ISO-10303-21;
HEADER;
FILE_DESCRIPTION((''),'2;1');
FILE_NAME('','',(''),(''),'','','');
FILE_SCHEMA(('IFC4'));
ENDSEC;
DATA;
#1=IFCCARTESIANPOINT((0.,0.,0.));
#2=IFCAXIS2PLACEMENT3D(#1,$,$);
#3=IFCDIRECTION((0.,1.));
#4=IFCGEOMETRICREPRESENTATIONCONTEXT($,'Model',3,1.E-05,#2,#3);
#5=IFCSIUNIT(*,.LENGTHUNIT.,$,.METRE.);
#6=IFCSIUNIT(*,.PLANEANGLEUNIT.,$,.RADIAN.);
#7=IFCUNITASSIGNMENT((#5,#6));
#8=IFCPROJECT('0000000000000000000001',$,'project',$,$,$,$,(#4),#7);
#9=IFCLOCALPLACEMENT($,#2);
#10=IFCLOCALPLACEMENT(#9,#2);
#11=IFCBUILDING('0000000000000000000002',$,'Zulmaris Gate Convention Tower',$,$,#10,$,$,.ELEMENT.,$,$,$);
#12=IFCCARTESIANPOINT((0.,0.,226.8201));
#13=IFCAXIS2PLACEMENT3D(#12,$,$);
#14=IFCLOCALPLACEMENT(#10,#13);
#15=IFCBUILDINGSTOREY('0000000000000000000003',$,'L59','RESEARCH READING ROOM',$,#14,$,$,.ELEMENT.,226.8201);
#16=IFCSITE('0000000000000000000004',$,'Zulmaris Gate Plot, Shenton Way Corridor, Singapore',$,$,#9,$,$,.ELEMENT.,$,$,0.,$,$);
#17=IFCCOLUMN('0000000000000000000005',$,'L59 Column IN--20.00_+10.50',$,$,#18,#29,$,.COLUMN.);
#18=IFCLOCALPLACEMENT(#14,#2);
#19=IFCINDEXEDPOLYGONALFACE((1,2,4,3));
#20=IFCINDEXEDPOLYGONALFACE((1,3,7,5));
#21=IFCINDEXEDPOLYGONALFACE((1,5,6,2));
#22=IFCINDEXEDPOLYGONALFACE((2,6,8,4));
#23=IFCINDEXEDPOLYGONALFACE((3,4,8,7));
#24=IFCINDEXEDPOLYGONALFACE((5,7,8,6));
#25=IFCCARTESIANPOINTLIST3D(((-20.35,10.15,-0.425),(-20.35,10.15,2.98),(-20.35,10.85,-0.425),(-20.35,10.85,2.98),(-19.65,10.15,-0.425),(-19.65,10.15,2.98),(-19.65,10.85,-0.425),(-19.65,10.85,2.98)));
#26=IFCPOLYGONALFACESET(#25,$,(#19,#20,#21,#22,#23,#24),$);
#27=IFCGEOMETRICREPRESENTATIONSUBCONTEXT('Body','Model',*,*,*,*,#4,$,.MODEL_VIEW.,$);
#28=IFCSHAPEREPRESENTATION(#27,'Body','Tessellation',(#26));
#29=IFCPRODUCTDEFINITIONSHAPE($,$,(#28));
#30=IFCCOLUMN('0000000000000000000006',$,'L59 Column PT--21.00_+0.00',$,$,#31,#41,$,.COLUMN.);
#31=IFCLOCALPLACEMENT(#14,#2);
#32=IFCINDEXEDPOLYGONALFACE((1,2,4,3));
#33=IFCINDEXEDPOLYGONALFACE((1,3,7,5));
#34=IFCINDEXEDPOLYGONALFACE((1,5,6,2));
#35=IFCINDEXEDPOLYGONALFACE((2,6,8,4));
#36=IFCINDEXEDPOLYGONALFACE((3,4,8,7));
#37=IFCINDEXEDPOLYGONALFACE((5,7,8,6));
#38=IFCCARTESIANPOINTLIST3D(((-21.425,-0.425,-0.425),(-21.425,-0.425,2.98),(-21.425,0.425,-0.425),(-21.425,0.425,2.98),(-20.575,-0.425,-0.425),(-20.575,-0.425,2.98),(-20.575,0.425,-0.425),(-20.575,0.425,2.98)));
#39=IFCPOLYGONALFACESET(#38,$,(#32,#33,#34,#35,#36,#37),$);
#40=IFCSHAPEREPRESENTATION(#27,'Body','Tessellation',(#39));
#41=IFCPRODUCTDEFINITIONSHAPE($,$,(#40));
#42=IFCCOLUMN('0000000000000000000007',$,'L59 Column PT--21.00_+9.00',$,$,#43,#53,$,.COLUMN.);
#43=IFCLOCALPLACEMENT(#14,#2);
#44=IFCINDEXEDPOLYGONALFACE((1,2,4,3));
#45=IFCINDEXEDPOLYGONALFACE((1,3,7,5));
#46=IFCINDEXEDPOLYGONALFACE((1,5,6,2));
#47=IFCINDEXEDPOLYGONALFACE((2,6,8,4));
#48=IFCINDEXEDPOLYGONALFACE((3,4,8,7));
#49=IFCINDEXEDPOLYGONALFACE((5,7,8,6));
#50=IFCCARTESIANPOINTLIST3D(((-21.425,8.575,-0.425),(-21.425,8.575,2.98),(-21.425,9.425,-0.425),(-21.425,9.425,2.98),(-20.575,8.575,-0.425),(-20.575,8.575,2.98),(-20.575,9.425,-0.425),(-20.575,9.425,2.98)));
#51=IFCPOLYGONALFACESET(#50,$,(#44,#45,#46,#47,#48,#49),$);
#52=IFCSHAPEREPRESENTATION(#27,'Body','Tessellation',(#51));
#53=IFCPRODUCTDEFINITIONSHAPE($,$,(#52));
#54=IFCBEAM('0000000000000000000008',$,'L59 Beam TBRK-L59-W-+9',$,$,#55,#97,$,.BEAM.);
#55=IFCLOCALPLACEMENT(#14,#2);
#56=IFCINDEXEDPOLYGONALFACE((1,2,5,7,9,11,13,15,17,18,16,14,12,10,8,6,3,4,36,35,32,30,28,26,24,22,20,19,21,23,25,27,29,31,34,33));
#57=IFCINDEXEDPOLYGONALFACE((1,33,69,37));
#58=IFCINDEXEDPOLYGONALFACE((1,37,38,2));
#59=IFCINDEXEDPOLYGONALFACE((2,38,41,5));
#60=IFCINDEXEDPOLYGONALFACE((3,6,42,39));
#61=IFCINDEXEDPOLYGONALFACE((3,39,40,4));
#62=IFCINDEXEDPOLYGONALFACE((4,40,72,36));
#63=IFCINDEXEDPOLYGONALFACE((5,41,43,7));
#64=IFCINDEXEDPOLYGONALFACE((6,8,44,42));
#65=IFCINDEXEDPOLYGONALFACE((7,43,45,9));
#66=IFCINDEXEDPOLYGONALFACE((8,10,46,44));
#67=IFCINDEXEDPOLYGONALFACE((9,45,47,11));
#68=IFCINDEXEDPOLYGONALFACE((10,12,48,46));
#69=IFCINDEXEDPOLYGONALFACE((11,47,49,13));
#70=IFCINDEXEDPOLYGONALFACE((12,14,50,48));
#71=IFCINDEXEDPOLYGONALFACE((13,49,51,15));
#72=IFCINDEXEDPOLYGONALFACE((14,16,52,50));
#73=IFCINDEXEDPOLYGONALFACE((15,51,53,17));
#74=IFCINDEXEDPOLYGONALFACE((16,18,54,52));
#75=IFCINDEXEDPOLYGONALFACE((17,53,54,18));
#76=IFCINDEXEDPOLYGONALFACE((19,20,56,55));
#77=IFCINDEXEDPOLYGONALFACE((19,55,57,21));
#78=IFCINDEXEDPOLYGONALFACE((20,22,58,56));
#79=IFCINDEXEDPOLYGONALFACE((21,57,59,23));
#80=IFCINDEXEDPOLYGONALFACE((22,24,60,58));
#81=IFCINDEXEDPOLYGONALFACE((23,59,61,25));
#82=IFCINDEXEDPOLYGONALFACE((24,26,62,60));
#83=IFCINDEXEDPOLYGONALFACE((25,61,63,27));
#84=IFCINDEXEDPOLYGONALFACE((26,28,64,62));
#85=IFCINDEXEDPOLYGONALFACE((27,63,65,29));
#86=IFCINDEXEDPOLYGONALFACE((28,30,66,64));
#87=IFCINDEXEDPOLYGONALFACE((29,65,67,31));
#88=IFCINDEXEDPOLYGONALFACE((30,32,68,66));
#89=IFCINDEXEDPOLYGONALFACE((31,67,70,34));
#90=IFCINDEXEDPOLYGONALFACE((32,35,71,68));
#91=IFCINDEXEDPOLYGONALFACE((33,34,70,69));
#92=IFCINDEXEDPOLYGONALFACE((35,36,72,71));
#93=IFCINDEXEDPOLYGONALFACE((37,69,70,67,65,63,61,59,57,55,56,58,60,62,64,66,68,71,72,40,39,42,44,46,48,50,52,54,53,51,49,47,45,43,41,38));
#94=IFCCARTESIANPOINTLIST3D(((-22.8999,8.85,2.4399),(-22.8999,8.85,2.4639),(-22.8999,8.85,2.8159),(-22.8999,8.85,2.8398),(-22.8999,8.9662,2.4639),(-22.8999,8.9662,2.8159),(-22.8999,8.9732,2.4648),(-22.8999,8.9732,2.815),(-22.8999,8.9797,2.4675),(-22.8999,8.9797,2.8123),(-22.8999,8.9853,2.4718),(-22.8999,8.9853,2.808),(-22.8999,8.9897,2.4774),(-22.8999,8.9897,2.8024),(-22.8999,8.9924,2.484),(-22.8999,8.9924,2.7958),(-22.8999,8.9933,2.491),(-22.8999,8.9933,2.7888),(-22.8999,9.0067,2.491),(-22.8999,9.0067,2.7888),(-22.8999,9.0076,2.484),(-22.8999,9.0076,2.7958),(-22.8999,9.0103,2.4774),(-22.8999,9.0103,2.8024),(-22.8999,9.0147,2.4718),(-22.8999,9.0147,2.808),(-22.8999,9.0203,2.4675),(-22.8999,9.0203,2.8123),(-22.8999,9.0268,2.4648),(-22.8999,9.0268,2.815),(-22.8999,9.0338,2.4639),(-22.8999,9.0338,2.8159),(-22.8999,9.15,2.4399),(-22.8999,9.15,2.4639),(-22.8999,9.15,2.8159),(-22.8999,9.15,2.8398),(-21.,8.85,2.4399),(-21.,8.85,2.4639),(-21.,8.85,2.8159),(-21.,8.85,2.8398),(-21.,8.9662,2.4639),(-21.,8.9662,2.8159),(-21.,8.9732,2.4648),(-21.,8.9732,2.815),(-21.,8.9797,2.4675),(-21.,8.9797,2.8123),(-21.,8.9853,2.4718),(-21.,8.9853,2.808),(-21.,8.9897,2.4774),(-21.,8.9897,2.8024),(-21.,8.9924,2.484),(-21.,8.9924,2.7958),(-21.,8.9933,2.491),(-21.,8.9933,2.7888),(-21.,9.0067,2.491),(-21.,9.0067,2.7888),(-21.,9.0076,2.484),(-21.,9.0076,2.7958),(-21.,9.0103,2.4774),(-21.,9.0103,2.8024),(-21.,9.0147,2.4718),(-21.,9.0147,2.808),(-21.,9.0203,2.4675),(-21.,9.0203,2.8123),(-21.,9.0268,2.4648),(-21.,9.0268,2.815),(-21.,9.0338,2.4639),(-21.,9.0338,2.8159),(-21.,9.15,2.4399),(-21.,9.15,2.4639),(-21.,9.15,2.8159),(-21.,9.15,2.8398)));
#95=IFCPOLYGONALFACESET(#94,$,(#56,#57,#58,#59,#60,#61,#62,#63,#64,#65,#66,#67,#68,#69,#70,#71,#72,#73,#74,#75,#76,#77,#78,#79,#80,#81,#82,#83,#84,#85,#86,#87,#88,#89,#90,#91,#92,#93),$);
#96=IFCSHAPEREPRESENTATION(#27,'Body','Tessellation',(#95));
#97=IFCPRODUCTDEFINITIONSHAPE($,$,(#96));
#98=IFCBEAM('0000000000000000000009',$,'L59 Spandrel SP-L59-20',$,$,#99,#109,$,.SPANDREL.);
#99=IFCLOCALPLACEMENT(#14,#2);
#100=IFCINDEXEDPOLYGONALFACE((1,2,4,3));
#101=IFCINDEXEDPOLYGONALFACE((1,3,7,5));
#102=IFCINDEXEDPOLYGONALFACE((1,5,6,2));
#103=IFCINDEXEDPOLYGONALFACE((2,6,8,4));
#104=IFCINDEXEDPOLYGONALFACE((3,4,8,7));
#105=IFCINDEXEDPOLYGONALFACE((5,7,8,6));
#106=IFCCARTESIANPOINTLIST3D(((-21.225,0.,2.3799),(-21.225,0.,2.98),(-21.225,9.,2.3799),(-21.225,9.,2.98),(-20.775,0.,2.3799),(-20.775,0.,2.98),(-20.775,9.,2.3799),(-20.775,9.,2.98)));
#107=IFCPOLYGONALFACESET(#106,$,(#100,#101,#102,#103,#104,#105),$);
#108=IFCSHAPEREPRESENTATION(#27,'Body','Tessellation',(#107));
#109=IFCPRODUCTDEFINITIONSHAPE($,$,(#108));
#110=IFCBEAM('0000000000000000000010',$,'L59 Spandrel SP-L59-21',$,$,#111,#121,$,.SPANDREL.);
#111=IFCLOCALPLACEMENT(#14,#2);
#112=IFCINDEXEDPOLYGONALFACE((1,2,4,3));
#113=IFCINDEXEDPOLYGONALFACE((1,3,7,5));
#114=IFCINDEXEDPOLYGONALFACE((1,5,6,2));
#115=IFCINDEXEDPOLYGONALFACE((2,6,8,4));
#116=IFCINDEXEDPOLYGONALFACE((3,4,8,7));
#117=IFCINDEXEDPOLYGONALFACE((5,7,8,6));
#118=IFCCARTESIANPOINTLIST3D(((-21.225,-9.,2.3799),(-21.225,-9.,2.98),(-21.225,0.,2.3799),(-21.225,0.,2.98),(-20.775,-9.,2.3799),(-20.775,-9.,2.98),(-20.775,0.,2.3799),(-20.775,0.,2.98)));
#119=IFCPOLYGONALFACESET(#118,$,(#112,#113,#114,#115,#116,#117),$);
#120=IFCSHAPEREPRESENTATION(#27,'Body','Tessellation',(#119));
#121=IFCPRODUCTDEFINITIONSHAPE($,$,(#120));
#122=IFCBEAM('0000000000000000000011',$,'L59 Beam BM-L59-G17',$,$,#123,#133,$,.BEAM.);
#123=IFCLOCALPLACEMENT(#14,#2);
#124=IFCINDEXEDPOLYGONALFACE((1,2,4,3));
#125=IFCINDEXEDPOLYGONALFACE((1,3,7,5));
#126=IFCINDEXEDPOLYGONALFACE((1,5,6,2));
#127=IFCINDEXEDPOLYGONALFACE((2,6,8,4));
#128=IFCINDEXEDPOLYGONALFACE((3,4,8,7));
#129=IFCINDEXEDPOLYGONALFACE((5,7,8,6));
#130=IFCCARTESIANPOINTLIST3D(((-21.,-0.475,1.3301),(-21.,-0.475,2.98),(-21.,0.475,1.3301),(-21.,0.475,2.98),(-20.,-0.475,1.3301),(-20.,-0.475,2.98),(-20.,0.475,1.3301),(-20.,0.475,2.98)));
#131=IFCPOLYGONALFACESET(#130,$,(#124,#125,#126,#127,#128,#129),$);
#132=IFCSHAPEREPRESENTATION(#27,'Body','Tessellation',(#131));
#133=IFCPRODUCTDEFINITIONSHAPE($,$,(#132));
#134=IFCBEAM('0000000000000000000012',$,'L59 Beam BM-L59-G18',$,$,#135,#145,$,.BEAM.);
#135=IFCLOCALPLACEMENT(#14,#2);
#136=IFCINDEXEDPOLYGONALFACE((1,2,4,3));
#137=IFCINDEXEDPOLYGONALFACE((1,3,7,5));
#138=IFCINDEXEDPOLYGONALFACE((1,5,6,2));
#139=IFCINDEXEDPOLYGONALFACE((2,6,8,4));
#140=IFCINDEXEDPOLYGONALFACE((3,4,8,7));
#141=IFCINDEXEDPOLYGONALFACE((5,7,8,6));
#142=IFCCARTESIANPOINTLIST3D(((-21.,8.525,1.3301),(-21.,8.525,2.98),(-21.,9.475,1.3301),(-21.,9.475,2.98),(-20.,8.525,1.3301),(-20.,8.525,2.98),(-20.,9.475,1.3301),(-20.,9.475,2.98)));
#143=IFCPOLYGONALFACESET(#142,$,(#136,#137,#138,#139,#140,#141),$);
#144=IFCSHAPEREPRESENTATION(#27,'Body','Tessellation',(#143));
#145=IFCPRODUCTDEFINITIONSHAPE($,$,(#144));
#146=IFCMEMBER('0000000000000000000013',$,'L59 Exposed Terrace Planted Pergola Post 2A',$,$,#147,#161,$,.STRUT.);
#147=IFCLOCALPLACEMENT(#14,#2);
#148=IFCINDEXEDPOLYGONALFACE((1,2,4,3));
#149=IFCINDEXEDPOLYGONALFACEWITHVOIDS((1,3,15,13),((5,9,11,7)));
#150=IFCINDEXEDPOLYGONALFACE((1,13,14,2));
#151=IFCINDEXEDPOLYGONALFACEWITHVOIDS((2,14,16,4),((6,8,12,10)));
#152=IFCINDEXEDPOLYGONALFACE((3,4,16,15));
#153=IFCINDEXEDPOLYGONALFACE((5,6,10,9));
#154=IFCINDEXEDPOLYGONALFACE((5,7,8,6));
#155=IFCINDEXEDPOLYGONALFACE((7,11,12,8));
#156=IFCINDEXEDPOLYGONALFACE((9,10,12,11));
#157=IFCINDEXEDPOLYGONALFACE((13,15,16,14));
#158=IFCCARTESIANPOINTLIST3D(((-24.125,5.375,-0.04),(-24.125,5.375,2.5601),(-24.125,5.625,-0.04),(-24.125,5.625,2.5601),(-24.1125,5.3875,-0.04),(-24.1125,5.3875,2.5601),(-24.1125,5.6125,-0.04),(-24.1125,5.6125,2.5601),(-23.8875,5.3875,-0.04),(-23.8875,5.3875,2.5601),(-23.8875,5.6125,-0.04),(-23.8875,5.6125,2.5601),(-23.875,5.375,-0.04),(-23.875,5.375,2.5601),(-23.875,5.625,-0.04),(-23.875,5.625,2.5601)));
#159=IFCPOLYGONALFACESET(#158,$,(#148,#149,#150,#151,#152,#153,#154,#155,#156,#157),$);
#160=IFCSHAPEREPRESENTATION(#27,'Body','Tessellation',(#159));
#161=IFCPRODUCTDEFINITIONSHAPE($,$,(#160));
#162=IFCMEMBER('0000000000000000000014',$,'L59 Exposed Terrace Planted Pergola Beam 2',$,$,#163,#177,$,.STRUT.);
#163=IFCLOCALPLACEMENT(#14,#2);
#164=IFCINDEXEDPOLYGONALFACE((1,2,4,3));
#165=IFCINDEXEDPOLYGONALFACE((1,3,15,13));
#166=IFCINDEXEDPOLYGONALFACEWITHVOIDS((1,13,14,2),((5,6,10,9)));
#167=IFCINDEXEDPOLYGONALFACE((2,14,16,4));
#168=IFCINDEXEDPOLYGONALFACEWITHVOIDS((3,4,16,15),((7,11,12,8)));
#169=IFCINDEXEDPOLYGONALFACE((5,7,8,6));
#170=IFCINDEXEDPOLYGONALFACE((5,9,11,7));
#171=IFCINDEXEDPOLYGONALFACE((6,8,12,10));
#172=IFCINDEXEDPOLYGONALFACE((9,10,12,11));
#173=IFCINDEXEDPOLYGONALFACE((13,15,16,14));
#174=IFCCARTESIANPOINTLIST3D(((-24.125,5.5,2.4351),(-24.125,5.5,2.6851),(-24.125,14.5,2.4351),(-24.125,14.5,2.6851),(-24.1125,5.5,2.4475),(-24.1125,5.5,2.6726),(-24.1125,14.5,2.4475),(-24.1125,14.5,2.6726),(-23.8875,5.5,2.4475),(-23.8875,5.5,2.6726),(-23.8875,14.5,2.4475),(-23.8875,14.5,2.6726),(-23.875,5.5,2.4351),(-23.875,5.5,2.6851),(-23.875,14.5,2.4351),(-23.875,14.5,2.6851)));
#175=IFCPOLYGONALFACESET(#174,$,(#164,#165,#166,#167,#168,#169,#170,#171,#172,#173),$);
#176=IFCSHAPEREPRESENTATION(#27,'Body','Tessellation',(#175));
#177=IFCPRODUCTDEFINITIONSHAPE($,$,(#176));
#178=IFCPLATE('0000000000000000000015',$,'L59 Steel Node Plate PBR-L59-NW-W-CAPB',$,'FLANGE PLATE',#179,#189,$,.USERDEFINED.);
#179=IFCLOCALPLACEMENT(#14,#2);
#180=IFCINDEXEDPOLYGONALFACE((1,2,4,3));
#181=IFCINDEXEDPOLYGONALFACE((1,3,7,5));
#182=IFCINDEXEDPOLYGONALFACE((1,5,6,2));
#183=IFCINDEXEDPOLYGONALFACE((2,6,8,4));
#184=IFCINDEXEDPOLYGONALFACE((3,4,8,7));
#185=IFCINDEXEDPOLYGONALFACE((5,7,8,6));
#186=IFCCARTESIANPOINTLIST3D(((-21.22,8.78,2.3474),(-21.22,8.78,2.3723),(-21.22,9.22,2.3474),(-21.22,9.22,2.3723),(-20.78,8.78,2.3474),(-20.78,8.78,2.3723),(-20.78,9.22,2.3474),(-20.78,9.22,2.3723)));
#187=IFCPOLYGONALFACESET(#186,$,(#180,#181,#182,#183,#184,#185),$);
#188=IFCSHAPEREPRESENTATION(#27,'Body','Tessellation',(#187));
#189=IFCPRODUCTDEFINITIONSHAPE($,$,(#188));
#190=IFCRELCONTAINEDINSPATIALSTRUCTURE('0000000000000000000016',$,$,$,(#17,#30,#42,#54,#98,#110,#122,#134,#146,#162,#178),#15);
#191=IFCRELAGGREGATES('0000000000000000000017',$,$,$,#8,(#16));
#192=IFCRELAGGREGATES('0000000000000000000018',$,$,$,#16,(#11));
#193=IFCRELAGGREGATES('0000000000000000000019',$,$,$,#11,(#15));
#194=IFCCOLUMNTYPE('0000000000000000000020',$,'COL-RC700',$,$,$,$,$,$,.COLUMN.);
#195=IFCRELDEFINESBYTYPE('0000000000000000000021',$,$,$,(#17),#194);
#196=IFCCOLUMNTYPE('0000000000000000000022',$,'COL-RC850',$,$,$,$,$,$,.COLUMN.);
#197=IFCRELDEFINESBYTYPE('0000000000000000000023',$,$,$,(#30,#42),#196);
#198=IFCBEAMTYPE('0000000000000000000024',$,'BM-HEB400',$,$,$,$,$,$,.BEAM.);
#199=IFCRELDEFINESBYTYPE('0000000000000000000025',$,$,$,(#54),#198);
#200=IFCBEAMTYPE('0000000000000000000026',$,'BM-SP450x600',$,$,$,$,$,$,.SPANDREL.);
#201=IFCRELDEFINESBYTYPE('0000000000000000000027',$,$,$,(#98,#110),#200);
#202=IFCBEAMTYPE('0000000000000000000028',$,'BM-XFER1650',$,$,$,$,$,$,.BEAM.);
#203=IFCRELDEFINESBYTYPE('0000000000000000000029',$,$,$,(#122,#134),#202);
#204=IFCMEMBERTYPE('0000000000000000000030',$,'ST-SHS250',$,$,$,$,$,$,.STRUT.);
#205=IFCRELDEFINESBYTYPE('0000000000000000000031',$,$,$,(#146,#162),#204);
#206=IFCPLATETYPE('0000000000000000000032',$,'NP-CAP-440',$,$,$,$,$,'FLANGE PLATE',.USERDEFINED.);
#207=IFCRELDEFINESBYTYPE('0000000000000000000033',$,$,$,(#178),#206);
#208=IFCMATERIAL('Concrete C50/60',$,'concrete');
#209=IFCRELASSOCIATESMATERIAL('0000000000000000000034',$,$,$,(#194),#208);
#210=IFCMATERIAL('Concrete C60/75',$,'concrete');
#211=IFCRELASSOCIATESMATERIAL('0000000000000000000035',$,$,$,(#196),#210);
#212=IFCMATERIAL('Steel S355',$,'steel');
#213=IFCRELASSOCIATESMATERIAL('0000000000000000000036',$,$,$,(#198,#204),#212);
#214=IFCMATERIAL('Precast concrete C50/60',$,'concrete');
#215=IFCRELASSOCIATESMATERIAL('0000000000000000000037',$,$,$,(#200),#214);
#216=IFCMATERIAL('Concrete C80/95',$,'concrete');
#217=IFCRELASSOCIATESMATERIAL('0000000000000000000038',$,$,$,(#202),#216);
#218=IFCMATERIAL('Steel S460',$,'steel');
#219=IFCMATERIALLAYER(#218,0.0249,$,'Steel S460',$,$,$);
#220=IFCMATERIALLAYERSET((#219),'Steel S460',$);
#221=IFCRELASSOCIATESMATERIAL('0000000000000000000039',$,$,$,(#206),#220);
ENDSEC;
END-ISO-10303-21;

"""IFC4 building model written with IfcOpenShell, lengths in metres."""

from ifc_helpers import new_model, si_unit, direction, frame, origin, origin_2d, place, context, subcontext, project, spatial, rectangle, hollow_rectangle, i_section, extrude, material, layer, layer_set, material_profile, profile_set, type_object, element, save


model = new_model("IFC4")

# Units and contexts
model_context = context("Model", 3, precision=1e-05, world=origin(), true_north=direction((0.0, 1.0)))
body_context = subcontext(model_context, "Body", "Model", "MODEL_VIEW")
ifc_project = project(units=[si_unit("LENGTHUNIT", "METRE"), si_unit("PLANEANGLEUNIT", "RADIAN")], contexts=[model_context])

# Site, building, storey
site_placement = place(None, origin())
site = spatial("IfcSite", under=ifc_project, at=site_placement, Name="Zulmaris Gate Plot, Shenton Way Corridor, Singapore", CompositionType="ELEMENT", RefElevation=0.0)
building_placement = place(site_placement, origin())
building = spatial("IfcBuilding", under=site, at=building_placement, Name="Zulmaris Gate Convention Tower", CompositionType="ELEMENT")
storey_placement = place(building_placement, frame((0.0, 0.0, 226.8201)))
storey = spatial("IfcBuildingStorey", under=building, at=storey_placement, Name="L59", Description="RESEARCH READING ROOM", CompositionType="ELEMENT", Elevation=226.8201)

# Columns
ifc_material_1 = material(Name="Concrete C50/60", Category="concrete")
ifc_material_profile_1 = material_profile(ifc_material_1, rectangle(XDim=0.7, YDim=0.7, at=origin_2d()), Name="RC COL 700x700")
ifc_profile_set_1 = profile_set([ifc_material_profile_1], Name="Concrete C50/60")
column_type_1 = type_object("IfcColumnType", Name="COL-RC700", PredefinedType="COLUMN", material=ifc_profile_set_1)
column_placement = place(storey_placement, frame((-20.0, 10.5, -0.425), z_axis=(0.0, 0.0, 1.0), x_axis=(1.0, 0.0, 0.0)))
element("IfcColumn", 1, at=column_placement, inside=storey, type_object=column_type_1, Name="L59 Column IN--20.00_+10.50", PredefinedType="COLUMN", context=body_context, shape_type="SweptSolid", body=[
    extrude(rectangle(XDim=0.7, YDim=0.7, at=origin_2d()), origin(), (0.0, 0.0, 1.0), 3.405),
])
ifc_material_2 = material(Name="Concrete C60/75", Category="concrete")
ifc_material_profile_2 = material_profile(ifc_material_2, rectangle(XDim=0.8501, YDim=0.8501, at=origin_2d()), Name="RC COL 850x850")
ifc_profile_set_2 = profile_set([ifc_material_profile_2], Name="Concrete C60/75")
column_type_2 = type_object("IfcColumnType", Name="COL-RC850", PredefinedType="COLUMN", material=ifc_profile_set_2)
for number, where, z_axis, x_axis, name in (
    (2, (-21.0, 0.0, -0.425), (0.0, 0.0, 1.0), (1.0, 0.0, 0.0), "L59 Column PT--21.00_+0.00"),
    (3, (-21.0, 9.0, -0.425), (0.0, 0.0, 1.0), (1.0, 0.0, 0.0), "L59 Column PT--21.00_+9.00"),
):
    element("IfcColumn", number, at=place(storey_placement, frame(where, z_axis=z_axis, x_axis=x_axis)), inside=storey, type_object=column_type_2, Name=name, PredefinedType="COLUMN", context=body_context, shape_type="SweptSolid", body=[
        extrude(rectangle(XDim=0.8501, YDim=0.8501, at=origin_2d()), origin(), (0.0, 0.0, 1.0), 3.405),
    ])

# Beams
ifc_material_3 = material(Name="Steel S355", Category="steel")
ifc_material_profile_3 = material_profile(ifc_material_3, i_section(OverallWidth=0.3, OverallDepth=0.3999, WebThickness=0.0134, FlangeThickness=0.0239, FilletRadius=0.0271, at=origin_2d()), Name="HEB 400")
ifc_profile_set_3 = profile_set([ifc_material_profile_3], Name="Steel S355")
beam_type_1 = type_object("IfcBeamType", Name="BM-HEB400", PredefinedType="BEAM", material=ifc_profile_set_3)
beam_placement = place(storey_placement, frame((-22.8999, 9.0, 2.6399), z_axis=(1.0, 0.0, 0.0), x_axis=(0.0, 1.0, 0.0)))
element("IfcBeam", 4, at=beam_placement, inside=storey, type_object=beam_type_1, Name="L59 Beam TBRK-L59-W-+9", PredefinedType="BEAM", context=body_context, shape_type="SweptSolid", body=[
    extrude(i_section(OverallWidth=0.3, OverallDepth=0.3999, WebThickness=0.0134, FlangeThickness=0.0239, FilletRadius=0.0271, at=origin_2d()), origin(), (0.0, 0.0, 1.0), 1.8999),
])
ifc_material_4 = material(Name="Precast concrete C50/60", Category="concrete")
ifc_material_profile_4 = material_profile(ifc_material_4, rectangle(XDim=0.45, YDim=0.6001, at=origin_2d()), Name="RC SPANDREL 450x600")
ifc_profile_set_4 = profile_set([ifc_material_profile_4], Name="Precast concrete C50/60")
beam_type_2 = type_object("IfcBeamType", Name="BM-SP450x600", PredefinedType="SPANDREL", material=ifc_profile_set_4)
for number, where, z_axis, x_axis, name in (
    (5, (-21.0, 9.0, 2.6799), (0.0, -1.0, 0.0), (1.0, 0.0, 0.0), "L59 Spandrel SP-L59-20"),
    (6, (-21.0, 0.0, 2.6799), (0.0, -1.0, 0.0), (1.0, 0.0, 0.0), "L59 Spandrel SP-L59-21"),
):
    element("IfcBeam", number, at=place(storey_placement, frame(where, z_axis=z_axis, x_axis=x_axis)), inside=storey, type_object=beam_type_2, Name=name, PredefinedType="SPANDREL", context=body_context, shape_type="SweptSolid", body=[
        extrude(rectangle(XDim=0.45, YDim=0.6001, at=origin_2d()), origin(), (0.0, 0.0, 1.0), 9.0),
    ])
ifc_material_5 = material(Name="Concrete C80/95", Category="concrete")
ifc_material_profile_5 = material_profile(ifc_material_5, rectangle(XDim=0.95, YDim=1.6499, at=origin_2d()), Name="RC TRANSFER 950x1650")
ifc_profile_set_5 = profile_set([ifc_material_profile_5], Name="Concrete C80/95")
beam_type_3 = type_object("IfcBeamType", Name="BM-XFER1650", PredefinedType="BEAM", material=ifc_profile_set_5)
for number, where, z_axis, x_axis, name in (
    (7, (-21.0, 0.0, 2.155), (1.0, 0.0, 0.0), (0.0, 1.0, 0.0), "L59 Beam BM-L59-G17"),
    (8, (-21.0, 9.0, 2.155), (1.0, 0.0, 0.0), (0.0, 1.0, 0.0), "L59 Beam BM-L59-G18"),
):
    element("IfcBeam", number, at=place(storey_placement, frame(where, z_axis=z_axis, x_axis=x_axis)), inside=storey, type_object=beam_type_3, Name=name, PredefinedType="BEAM", context=body_context, shape_type="SweptSolid", body=[
        extrude(rectangle(XDim=0.95, YDim=1.6499, at=origin_2d()), origin(), (0.0, 0.0, 1.0), 1.0),
    ])

# Members
ifc_material_profile_6 = material_profile(ifc_material_3, hollow_rectangle(XDim=0.25, YDim=0.25, WallThickness=0.0125, at=origin_2d()), Name="SHS 250x250x12.5")
ifc_profile_set_6 = profile_set([ifc_material_profile_6], Name="Steel S355")
member_type = type_object("IfcMemberType", Name="ST-SHS250", PredefinedType="STRUT", material=ifc_profile_set_6)
member_1_placement = place(storey_placement, frame((-24.0, 5.5, -0.04), z_axis=(0.0, 0.0, 1.0), x_axis=(1.0, 0.0, 0.0)))
element("IfcMember", 9, at=member_1_placement, inside=storey, type_object=member_type, Name="L59 Exposed Terrace Planted Pergola Post 2A", PredefinedType="STRUT", context=body_context, shape_type="SweptSolid", body=[
    extrude(hollow_rectangle(XDim=0.25, YDim=0.25, WallThickness=0.0125, at=origin_2d()), origin(), (0.0, 0.0, 1.0), 2.6001),
])
member_2_placement = place(storey_placement, frame((-24.0, 5.5, 2.5601), z_axis=(0.0, 1.0, 0.0), x_axis=(-1.0, 0.0, 0.0)))
element("IfcMember", 10, at=member_2_placement, inside=storey, type_object=member_type, Name="L59 Exposed Terrace Planted Pergola Beam 2", PredefinedType="STRUT", context=body_context, shape_type="SweptSolid", body=[
    extrude(hollow_rectangle(XDim=0.25, YDim=0.25, WallThickness=0.0125, at=origin_2d()), origin(), (0.0, 0.0, 1.0), 9.0),
])

# Plate
ifc_material_6 = material(Name="Steel S460", Category="steel")
ifc_layer_1 = layer(ifc_material_6, 0.0249, Name="Steel S460")
ifc_layer_set_1 = layer_set([ifc_layer_1], Name="Steel S460")
plate_type = type_object("IfcPlateType", Name="NP-CAP-440", ElementType="FLANGE PLATE", PredefinedType="USERDEFINED", material=ifc_layer_set_1)
plate_placement = place(storey_placement, frame((-21.0, 9.0, 2.3474), z_axis=(0.0, 0.0, 1.0), x_axis=(1.0, 0.0, 0.0)))
element("IfcPlate", 11, at=plate_placement, inside=storey, type_object=plate_type, Name="L59 Steel Node Plate PBR-L59-NW-W-CAPB", ObjectType="FLANGE PLATE", PredefinedType="USERDEFINED", context=body_context, shape_type="SweptSolid", body=[
    extrude(rectangle(XDim=0.4399, YDim=0.4399, at=origin_2d()), origin(), (0.0, 0.0, 1.0), 0.0249),
])

save(model, "model.ifc")
